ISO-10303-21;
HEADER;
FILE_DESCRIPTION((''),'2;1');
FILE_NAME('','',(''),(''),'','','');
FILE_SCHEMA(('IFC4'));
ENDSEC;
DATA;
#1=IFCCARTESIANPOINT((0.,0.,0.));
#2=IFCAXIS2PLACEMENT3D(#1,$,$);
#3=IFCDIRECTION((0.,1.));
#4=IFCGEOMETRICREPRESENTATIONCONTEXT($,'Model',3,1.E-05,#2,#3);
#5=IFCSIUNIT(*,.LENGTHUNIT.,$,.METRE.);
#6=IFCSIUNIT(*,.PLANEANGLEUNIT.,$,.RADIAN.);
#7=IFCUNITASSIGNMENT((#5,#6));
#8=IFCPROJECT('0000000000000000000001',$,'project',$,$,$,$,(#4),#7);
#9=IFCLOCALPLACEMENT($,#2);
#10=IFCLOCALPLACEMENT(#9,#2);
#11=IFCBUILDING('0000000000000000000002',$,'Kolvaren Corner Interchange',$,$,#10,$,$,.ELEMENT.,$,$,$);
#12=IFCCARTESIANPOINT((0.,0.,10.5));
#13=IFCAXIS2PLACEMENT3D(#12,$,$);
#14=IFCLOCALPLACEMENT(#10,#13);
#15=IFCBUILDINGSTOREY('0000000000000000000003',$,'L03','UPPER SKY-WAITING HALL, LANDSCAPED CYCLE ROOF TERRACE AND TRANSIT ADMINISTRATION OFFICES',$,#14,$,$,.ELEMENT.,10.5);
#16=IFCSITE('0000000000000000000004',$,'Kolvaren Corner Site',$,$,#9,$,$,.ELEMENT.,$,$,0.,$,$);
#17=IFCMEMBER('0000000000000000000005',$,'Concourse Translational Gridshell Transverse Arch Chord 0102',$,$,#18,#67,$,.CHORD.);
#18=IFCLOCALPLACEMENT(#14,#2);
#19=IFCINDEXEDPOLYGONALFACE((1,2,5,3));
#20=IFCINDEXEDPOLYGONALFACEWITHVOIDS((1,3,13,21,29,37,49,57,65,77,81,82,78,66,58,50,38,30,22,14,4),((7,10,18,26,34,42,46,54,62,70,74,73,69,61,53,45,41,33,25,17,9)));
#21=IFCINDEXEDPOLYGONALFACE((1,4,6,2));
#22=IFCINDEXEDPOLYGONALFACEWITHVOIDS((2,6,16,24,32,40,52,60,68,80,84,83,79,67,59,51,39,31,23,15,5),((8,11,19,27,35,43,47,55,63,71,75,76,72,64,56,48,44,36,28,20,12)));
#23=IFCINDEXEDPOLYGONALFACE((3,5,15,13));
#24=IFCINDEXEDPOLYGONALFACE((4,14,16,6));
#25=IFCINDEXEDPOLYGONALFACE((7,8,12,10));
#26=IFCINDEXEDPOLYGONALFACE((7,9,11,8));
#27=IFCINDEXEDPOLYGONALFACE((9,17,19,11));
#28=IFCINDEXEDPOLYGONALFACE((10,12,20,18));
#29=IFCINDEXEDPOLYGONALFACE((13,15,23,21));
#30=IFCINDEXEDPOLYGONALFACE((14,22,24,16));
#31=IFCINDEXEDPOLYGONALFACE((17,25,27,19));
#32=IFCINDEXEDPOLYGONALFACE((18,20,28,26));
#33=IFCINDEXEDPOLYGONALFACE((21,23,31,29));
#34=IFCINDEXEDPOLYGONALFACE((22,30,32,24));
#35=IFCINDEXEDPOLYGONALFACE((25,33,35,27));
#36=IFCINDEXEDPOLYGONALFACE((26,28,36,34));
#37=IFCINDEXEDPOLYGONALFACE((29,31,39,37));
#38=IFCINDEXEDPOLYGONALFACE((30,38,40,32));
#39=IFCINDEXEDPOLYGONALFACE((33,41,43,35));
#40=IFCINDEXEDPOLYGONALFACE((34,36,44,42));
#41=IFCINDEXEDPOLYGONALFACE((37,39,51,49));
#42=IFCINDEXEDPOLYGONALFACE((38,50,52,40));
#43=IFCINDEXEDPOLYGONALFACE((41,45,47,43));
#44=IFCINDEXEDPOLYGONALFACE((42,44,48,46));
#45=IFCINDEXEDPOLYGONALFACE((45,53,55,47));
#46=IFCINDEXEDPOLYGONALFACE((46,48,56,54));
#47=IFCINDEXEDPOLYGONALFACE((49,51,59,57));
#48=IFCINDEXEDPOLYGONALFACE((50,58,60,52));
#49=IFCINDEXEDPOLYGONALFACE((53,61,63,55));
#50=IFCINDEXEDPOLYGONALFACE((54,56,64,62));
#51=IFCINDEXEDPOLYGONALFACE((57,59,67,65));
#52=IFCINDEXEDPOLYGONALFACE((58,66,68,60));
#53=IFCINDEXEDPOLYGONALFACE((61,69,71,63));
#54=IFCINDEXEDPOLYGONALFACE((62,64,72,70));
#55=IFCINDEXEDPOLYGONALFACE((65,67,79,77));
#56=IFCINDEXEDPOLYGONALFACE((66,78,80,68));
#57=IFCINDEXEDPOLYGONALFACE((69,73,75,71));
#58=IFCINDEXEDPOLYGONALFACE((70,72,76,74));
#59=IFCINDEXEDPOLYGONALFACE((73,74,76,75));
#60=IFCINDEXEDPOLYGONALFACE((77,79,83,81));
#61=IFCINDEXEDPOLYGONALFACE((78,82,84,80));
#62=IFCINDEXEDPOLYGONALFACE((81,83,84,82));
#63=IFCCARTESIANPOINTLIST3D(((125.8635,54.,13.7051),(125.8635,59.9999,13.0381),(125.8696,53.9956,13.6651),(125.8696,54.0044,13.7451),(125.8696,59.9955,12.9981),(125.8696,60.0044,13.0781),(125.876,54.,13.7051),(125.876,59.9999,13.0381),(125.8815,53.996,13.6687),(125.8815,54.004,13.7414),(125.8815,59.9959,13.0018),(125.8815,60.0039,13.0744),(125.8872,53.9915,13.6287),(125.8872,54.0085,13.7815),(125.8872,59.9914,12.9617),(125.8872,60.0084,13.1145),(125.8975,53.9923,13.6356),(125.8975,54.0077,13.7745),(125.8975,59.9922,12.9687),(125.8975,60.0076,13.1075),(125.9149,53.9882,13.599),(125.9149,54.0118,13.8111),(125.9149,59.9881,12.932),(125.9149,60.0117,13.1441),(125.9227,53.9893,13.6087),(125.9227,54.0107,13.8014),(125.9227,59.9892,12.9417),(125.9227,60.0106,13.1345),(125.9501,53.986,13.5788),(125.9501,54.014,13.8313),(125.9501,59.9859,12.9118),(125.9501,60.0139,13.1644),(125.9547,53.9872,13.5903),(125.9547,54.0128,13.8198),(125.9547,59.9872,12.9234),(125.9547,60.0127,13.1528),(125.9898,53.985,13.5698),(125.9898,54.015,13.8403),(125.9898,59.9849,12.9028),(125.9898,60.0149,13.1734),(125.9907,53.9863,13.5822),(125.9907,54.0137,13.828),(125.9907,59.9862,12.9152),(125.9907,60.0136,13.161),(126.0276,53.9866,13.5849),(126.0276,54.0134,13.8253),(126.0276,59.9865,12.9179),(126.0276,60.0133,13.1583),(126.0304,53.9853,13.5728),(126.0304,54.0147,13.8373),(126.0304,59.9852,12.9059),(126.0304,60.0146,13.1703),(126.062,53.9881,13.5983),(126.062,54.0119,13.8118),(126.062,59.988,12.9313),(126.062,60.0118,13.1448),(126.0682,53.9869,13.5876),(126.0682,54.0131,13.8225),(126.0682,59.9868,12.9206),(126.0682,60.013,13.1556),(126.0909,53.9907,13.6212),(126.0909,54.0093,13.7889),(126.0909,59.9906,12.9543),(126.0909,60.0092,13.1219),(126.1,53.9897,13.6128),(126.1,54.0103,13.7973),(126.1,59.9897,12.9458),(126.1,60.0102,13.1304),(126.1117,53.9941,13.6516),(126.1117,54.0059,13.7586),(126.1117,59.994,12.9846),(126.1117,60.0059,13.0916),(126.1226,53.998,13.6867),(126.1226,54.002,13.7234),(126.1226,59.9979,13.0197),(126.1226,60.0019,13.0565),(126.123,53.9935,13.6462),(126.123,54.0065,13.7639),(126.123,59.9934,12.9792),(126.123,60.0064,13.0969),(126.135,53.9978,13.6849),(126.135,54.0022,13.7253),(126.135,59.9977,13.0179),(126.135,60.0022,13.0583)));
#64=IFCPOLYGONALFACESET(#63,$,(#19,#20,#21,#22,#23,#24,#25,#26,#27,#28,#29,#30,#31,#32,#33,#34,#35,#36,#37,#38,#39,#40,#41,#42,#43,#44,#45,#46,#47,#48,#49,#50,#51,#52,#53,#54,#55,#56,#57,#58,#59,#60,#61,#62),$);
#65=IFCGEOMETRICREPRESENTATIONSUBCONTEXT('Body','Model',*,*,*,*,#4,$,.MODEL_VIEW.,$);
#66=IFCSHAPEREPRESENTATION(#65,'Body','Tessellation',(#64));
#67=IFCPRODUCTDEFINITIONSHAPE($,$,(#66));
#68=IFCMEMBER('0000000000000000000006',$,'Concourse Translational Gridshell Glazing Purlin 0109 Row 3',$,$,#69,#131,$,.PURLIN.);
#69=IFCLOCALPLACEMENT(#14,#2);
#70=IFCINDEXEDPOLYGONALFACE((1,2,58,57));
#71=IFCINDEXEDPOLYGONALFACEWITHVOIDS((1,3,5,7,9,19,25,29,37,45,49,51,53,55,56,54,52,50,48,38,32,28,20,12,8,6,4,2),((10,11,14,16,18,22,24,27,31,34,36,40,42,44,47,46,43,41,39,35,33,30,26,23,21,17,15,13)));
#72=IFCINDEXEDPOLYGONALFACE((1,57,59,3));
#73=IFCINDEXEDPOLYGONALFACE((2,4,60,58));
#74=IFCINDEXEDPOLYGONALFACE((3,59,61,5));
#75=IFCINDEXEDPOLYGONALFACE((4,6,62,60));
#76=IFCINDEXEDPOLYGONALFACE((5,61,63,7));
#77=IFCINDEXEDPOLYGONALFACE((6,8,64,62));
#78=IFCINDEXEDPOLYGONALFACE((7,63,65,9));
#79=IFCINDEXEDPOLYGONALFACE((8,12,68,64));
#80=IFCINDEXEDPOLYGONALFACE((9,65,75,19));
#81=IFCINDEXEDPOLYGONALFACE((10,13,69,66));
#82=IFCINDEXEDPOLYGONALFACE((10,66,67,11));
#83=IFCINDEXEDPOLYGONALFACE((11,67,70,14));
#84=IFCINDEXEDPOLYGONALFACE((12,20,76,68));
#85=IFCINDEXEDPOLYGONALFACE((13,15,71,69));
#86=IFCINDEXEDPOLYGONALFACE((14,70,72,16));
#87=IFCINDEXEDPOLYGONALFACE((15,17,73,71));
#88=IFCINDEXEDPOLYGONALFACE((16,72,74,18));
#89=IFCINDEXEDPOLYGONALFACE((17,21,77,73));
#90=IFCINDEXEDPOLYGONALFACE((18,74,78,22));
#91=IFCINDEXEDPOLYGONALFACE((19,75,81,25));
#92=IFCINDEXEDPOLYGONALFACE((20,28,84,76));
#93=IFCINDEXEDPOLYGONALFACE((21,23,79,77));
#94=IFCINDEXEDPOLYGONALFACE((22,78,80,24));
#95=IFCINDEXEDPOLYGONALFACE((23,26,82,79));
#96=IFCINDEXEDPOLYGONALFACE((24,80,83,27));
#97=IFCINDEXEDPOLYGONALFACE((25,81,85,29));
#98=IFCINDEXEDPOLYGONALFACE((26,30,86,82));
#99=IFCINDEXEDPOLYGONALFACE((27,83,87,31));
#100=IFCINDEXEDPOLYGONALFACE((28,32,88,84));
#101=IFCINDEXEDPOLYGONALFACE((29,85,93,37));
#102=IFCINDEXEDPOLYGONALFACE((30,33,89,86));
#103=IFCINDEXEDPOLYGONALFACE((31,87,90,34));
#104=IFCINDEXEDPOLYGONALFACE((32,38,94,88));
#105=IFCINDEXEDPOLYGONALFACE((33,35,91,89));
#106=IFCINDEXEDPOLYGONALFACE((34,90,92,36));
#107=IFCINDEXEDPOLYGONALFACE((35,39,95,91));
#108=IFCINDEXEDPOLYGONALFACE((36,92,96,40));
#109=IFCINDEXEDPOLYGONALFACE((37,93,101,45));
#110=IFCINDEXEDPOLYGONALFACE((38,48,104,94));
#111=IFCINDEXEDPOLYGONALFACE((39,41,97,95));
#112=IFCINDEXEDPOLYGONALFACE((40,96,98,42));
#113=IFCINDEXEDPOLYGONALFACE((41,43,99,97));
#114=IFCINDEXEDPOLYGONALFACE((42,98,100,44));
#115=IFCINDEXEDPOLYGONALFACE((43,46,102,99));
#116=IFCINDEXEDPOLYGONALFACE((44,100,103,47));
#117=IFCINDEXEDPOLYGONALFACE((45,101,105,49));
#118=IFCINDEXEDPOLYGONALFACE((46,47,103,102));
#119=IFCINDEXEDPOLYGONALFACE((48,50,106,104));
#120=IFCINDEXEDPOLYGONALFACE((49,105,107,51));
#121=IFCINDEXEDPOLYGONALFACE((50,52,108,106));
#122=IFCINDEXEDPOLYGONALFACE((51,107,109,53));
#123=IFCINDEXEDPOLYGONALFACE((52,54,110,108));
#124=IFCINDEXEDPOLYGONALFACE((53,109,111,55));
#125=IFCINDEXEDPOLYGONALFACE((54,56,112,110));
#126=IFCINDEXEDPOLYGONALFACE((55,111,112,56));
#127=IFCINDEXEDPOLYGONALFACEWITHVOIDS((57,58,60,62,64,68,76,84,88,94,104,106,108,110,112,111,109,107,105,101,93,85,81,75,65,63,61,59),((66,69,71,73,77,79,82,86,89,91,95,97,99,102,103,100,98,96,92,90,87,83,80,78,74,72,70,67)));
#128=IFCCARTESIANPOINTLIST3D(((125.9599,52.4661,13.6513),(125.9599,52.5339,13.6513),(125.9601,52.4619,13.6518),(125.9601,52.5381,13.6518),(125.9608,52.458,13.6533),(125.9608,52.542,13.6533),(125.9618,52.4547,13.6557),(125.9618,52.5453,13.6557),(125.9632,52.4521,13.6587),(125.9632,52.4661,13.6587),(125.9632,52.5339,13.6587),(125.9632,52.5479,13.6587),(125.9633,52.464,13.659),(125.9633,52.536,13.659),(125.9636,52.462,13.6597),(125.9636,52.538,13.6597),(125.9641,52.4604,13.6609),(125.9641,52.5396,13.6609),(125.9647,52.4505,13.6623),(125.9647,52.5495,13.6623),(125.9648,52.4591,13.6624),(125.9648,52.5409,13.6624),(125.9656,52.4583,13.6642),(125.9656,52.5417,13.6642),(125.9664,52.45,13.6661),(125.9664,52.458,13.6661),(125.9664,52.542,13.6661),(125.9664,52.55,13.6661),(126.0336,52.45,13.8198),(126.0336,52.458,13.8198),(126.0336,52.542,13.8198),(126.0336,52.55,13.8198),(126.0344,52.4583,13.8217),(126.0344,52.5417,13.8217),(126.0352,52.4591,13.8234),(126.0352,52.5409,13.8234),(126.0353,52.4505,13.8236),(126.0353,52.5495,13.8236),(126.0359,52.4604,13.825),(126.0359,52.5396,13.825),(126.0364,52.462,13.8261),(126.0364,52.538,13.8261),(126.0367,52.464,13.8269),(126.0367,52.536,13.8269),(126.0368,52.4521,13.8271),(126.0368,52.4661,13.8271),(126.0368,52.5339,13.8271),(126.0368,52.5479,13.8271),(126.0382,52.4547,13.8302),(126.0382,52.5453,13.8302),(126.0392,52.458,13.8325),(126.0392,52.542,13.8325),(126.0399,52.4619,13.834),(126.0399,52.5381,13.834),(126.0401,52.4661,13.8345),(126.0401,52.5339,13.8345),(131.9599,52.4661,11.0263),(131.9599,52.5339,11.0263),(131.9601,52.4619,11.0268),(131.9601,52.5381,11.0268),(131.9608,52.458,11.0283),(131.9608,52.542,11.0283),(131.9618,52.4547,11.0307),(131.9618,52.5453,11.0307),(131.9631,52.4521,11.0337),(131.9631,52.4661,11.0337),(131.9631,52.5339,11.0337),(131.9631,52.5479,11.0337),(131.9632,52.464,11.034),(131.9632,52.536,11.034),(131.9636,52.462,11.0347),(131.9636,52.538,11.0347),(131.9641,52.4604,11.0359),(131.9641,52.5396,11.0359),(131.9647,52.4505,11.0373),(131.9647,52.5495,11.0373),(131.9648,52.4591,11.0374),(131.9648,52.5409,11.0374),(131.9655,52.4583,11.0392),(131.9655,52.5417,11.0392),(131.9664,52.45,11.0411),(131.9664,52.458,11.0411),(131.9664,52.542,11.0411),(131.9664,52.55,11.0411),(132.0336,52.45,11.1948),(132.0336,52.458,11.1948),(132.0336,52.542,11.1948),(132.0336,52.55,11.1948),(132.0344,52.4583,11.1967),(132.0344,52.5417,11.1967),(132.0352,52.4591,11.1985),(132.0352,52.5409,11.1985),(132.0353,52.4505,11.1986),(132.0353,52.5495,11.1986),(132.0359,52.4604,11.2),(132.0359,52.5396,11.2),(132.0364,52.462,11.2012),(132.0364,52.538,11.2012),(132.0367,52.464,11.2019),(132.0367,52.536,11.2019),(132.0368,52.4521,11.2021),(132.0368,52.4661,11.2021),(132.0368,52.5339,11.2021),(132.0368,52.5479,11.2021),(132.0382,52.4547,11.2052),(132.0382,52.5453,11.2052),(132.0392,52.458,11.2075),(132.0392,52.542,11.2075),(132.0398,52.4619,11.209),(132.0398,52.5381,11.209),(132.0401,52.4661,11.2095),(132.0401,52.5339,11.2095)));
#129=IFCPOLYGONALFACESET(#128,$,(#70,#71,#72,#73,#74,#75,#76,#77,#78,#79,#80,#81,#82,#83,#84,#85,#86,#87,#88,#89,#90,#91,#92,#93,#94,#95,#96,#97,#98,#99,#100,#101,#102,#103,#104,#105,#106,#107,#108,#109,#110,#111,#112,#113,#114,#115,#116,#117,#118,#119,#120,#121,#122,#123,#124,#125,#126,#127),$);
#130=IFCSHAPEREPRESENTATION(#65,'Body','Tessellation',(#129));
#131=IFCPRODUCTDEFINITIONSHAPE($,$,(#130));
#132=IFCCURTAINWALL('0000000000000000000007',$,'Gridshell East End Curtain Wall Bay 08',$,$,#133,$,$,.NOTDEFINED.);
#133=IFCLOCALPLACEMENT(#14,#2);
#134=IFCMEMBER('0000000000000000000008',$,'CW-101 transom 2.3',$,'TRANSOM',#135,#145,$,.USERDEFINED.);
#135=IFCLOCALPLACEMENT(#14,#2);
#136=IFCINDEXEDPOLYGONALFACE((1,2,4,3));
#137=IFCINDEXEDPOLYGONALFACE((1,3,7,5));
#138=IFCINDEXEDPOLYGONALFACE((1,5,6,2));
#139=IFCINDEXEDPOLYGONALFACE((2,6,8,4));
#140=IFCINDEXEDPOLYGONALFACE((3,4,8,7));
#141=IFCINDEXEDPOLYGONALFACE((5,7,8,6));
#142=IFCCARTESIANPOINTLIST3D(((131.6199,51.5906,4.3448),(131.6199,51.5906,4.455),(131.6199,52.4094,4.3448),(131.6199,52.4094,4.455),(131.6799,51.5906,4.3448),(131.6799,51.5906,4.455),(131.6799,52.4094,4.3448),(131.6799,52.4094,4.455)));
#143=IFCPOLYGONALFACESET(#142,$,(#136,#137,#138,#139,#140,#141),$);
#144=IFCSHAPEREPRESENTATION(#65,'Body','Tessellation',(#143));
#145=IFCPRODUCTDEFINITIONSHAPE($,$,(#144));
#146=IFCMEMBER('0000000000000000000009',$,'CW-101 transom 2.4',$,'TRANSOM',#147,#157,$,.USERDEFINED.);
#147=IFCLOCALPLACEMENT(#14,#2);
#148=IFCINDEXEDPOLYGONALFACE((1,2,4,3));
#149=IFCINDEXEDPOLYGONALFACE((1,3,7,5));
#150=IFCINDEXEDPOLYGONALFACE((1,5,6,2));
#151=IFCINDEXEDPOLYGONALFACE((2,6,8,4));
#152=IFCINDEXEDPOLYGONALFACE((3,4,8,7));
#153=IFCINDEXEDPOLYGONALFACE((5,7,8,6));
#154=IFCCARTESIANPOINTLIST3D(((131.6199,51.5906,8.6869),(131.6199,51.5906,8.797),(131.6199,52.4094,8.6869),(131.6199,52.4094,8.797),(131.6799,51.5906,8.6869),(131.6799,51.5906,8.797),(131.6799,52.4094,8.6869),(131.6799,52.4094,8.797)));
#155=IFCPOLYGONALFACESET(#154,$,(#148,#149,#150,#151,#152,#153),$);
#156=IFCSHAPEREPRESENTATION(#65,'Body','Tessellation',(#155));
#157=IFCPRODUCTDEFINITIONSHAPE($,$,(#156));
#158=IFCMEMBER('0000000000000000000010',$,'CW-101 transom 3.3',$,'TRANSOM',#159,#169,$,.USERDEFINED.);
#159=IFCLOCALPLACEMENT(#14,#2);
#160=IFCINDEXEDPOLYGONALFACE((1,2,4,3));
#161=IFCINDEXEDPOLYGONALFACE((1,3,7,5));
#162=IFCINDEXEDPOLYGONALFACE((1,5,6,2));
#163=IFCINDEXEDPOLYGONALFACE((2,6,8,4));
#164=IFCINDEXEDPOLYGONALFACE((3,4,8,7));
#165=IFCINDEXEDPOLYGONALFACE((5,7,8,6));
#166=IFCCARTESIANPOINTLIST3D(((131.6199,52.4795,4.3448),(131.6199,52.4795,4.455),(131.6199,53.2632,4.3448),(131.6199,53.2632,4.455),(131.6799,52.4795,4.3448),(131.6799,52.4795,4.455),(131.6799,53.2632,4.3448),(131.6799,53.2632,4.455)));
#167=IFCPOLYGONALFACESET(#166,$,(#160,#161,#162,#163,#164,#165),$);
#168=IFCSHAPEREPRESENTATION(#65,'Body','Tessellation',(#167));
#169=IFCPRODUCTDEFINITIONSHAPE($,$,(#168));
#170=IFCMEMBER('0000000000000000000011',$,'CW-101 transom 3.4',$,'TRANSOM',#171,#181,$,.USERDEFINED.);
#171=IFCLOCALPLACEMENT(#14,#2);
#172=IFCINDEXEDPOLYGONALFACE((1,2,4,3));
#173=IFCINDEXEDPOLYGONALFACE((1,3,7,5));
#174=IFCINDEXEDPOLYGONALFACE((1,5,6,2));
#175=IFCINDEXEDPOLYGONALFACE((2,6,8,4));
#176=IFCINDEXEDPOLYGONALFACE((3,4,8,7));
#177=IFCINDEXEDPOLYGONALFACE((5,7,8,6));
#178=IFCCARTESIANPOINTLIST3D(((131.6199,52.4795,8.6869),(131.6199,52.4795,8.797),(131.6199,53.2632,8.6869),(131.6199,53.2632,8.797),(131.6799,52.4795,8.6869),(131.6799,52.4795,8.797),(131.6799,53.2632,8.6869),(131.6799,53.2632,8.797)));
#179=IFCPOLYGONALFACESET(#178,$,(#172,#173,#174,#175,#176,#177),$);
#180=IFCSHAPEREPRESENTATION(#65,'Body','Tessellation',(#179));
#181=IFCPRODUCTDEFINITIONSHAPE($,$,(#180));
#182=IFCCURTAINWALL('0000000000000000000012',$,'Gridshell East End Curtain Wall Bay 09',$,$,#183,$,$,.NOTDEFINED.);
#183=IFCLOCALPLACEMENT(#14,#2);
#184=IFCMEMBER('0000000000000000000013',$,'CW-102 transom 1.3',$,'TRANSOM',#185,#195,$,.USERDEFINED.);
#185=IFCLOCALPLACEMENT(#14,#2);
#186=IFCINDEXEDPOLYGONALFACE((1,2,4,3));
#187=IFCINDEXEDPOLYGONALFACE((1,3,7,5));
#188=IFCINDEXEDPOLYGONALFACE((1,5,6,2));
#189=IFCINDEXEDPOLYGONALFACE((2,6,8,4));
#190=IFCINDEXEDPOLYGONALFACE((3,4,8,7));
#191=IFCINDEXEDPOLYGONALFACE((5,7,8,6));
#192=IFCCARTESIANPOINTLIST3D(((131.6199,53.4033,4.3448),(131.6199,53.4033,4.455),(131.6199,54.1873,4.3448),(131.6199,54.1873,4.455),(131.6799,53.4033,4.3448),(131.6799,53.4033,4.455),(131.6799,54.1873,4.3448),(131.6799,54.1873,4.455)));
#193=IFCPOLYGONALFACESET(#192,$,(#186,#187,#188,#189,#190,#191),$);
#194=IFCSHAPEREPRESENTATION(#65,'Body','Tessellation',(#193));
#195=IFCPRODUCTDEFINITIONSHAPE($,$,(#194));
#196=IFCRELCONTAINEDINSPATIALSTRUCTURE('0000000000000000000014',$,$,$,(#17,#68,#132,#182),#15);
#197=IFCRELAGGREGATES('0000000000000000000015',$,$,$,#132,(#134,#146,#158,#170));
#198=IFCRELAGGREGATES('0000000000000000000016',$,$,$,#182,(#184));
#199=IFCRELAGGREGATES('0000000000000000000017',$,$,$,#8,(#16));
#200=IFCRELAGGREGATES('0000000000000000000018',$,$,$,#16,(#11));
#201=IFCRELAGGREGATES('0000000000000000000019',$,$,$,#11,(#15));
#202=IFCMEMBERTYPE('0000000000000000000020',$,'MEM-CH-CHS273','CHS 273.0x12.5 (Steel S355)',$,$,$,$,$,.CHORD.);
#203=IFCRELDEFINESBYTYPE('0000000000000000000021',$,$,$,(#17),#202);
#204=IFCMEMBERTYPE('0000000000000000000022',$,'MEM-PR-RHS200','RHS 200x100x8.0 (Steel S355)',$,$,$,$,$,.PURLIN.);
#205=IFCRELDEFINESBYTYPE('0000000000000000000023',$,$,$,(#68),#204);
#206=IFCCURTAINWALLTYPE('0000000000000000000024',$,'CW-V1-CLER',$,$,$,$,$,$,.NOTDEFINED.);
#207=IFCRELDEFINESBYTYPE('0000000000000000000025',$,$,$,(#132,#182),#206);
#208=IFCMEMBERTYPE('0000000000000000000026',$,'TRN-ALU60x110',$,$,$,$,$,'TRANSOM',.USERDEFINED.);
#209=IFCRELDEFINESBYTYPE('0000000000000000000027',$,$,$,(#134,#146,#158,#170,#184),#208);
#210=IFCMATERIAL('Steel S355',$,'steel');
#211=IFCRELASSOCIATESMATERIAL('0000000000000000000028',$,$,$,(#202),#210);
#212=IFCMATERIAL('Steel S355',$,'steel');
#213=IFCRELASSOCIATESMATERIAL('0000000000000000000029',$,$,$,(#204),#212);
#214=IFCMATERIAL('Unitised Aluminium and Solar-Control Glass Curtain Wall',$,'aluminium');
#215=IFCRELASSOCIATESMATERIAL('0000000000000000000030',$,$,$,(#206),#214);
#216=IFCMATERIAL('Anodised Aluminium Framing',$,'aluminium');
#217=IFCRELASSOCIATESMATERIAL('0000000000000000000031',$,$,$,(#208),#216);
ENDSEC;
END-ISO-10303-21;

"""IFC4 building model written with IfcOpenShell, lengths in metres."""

from ifc_helpers import new_model, si_unit, direction, frame, origin, origin_2d, place, context, subcontext, project, spatial, rectangle, hollow_rectangle, hollow_circle, extrude, material, material_profile, profile_set, type_object, element, aggregate, save


model = new_model("IFC4")

# Units and contexts
model_context = context("Model", 3, precision=1e-05, world=origin(), true_north=direction((0.0, 1.0)))
body_context = subcontext(model_context, "Body", "Model", "MODEL_VIEW")
ifc_project = project(units=[si_unit("LENGTHUNIT", "METRE"), si_unit("PLANEANGLEUNIT", "RADIAN")], contexts=[model_context])

# Site, building, storey
site_placement = place(None, origin())
site = spatial("IfcSite", under=ifc_project, at=site_placement, Name="Kolvaren Corner Site", CompositionType="ELEMENT", RefElevation=0.0)
building_placement = place(site_placement, origin())
building = spatial("IfcBuilding", under=site, at=building_placement, Name="Kolvaren Corner Interchange", CompositionType="ELEMENT")
storey_placement = place(building_placement, frame((0.0, 0.0, 10.5)))
storey = spatial("IfcBuildingStorey", under=building, at=storey_placement, Name="L03", Description="UPPER SKY-WAITING HALL, LANDSCAPED CYCLE ROOF TERRACE AND TRANSIT ADMINISTRATION OFFICES", CompositionType="ELEMENT", Elevation=10.5)

# Members
ifc_material_1 = material(Name="Steel S355", Category="steel")
ifc_material_profile_1 = material_profile(ifc_material_1, hollow_circle(Radius=0.1365, WallThickness=0.0125, at=origin_2d()), Name="CHS 273.0x12.5")
ifc_profile_set_1 = profile_set([ifc_material_profile_1], Name="Steel S355")
member_type_1 = type_object("IfcMemberType", Name="MEM-CH-CHS273", Description="CHS 273.0x12.5 (Steel S355)", PredefinedType="CHORD", material=ifc_profile_set_1)
member_1_placement = place(storey_placement, frame((126.0, 54.0, 13.7051), z_axis=(0.0, 0.993878, -0.110485), x_axis=(-1.0, 0.0, 0.0)))
element("IfcMember", 1, at=member_1_placement, inside=storey, type_object=member_type_1, Name="Concourse Translational Gridshell Transverse Arch Chord 0102", PredefinedType="CHORD", context=body_context, shape_type="SweptSolid", body=[
    extrude(hollow_circle(Radius=0.1365, WallThickness=0.0125, at=origin_2d()), origin(), (0.0, 0.0, 1.0), 6.0369),
])
ifc_material_2 = material(Name="Steel S355", Category="steel")
ifc_material_profile_2 = material_profile(ifc_material_2, hollow_rectangle(XDim=0.1001, YDim=0.2, WallThickness=0.0081, InnerFilletRadius=0.0081, OuterFilletRadius=0.0161, at=origin_2d()), Name="RHS 200x100x8.0")
ifc_profile_set_2 = profile_set([ifc_material_profile_2], Name="Steel S355")
member_type_2 = type_object("IfcMemberType", Name="MEM-PR-RHS200", Description="RHS 200x100x8.0 (Steel S355)", PredefinedType="PURLIN", material=ifc_profile_set_2)
member_2_placement = place(storey_placement, frame((126.0, 52.5, 13.7429), z_axis=(0.916157, 0.0, -0.400819), x_axis=(0.0, 1.0, 0.0)))
element("IfcMember", 2, at=member_2_placement, inside=storey, type_object=member_type_2, Name="Concourse Translational Gridshell Glazing Purlin 0109 Row 3", PredefinedType="PURLIN", context=body_context, shape_type="SweptSolid", body=[
    extrude(hollow_rectangle(XDim=0.1001, YDim=0.2, WallThickness=0.0081, InnerFilletRadius=0.0081, OuterFilletRadius=0.0161, at=origin_2d()), origin(), (0.0, 0.0, 1.0), 6.5491),
])

# Curtain walls, members
ifc_material_3 = material(Name="Unitised Aluminium and Solar-Control Glass Curtain Wall", Category="aluminium")
curtain_wall_type = type_object("IfcCurtainWallType", Name="CW-V1-CLER", PredefinedType="NOTDEFINED", material=ifc_material_3)
curtain_wall_1_placement = place(storey_placement, origin())
curtain_wall_1 = element("IfcCurtainWall", 3, at=curtain_wall_1_placement, inside=storey, type_object=curtain_wall_type, Name="Gridshell East End Curtain Wall Bay 08", PredefinedType="NOTDEFINED")
ifc_material_4 = material(Name="Anodised Aluminium Framing", Category="aluminium")
ifc_material_profile_3 = material_profile(ifc_material_4, rectangle(XDim=0.0601, YDim=0.1101, at=origin_2d()), Name="ALU 60x110")
ifc_profile_set_3 = profile_set([ifc_material_profile_3], Name="Anodised Aluminium Framing")
member_type_3 = type_object("IfcMemberType", Name="TRN-ALU60x110", ElementType="TRANSOM", PredefinedType="USERDEFINED", material=ifc_profile_set_3)
member_3_placement = place(storey_placement, frame((131.6499, 51.5906, 4.3999), z_axis=(0.0, 1.0, 0.0), x_axis=(-1.0, 0.0, 0.0)))
member_3 = element("IfcMember", 4, at=member_3_placement, type_object=member_type_3, Name="CW-101 transom 2.3", ObjectType="TRANSOM", PredefinedType="USERDEFINED", context=body_context, shape_type="SweptSolid", body=[
    extrude(rectangle(XDim=0.0601, YDim=0.1101, at=origin_2d()), origin(), (0.0, 0.0, 1.0), 0.8188),
])
member_4_placement = place(storey_placement, frame((131.6499, 51.5906, 8.7419), z_axis=(0.0, 1.0, 0.0), x_axis=(-1.0, 0.0, 0.0)))
member_4 = element("IfcMember", 5, at=member_4_placement, type_object=member_type_3, Name="CW-101 transom 2.4", ObjectType="TRANSOM", PredefinedType="USERDEFINED", context=body_context, shape_type="SweptSolid", body=[
    extrude(rectangle(XDim=0.0601, YDim=0.1101, at=origin_2d()), origin(), (0.0, 0.0, 1.0), 0.8188),
])
member_5_placement = place(storey_placement, frame((131.6499, 52.4795, 4.3999), z_axis=(0.0, 1.0, 0.0), x_axis=(-1.0, 0.0, 0.0)))
member_5 = element("IfcMember", 6, at=member_5_placement, type_object=member_type_3, Name="CW-101 transom 3.3", ObjectType="TRANSOM", PredefinedType="USERDEFINED", context=body_context, shape_type="SweptSolid", body=[
    extrude(rectangle(XDim=0.0601, YDim=0.1101, at=origin_2d()), origin(), (0.0, 0.0, 1.0), 0.7837),
])
member_6_placement = place(storey_placement, frame((131.6499, 52.4795, 8.7419), z_axis=(0.0, 1.0, 0.0), x_axis=(-1.0, 0.0, 0.0)))
member_6 = element("IfcMember", 7, at=member_6_placement, type_object=member_type_3, Name="CW-101 transom 3.4", ObjectType="TRANSOM", PredefinedType="USERDEFINED", context=body_context, shape_type="SweptSolid", body=[
    extrude(rectangle(XDim=0.0601, YDim=0.1101, at=origin_2d()), origin(), (0.0, 0.0, 1.0), 0.7837),
])
curtain_wall_2_placement = place(storey_placement, origin())
curtain_wall_2 = element("IfcCurtainWall", 8, at=curtain_wall_2_placement, inside=storey, type_object=curtain_wall_type, Name="Gridshell East End Curtain Wall Bay 09", PredefinedType="NOTDEFINED")
member_7_placement = place(storey_placement, frame((131.6499, 53.4033, 4.3999), z_axis=(0.0, 1.0, 0.0), x_axis=(-1.0, 0.0, 0.0)))
member_7 = element("IfcMember", 9, at=member_7_placement, type_object=member_type_3, Name="CW-102 transom 1.3", ObjectType="TRANSOM", PredefinedType="USERDEFINED", context=body_context, shape_type="SweptSolid", body=[
    extrude(rectangle(XDim=0.0601, YDim=0.1101, at=origin_2d()), origin(), (0.0, 0.0, 1.0), 0.7839),
])

aggregate(curtain_wall_1, [member_3, member_4, member_5, member_6])
aggregate(curtain_wall_2, [member_7])

save(model, "model.ifc")
